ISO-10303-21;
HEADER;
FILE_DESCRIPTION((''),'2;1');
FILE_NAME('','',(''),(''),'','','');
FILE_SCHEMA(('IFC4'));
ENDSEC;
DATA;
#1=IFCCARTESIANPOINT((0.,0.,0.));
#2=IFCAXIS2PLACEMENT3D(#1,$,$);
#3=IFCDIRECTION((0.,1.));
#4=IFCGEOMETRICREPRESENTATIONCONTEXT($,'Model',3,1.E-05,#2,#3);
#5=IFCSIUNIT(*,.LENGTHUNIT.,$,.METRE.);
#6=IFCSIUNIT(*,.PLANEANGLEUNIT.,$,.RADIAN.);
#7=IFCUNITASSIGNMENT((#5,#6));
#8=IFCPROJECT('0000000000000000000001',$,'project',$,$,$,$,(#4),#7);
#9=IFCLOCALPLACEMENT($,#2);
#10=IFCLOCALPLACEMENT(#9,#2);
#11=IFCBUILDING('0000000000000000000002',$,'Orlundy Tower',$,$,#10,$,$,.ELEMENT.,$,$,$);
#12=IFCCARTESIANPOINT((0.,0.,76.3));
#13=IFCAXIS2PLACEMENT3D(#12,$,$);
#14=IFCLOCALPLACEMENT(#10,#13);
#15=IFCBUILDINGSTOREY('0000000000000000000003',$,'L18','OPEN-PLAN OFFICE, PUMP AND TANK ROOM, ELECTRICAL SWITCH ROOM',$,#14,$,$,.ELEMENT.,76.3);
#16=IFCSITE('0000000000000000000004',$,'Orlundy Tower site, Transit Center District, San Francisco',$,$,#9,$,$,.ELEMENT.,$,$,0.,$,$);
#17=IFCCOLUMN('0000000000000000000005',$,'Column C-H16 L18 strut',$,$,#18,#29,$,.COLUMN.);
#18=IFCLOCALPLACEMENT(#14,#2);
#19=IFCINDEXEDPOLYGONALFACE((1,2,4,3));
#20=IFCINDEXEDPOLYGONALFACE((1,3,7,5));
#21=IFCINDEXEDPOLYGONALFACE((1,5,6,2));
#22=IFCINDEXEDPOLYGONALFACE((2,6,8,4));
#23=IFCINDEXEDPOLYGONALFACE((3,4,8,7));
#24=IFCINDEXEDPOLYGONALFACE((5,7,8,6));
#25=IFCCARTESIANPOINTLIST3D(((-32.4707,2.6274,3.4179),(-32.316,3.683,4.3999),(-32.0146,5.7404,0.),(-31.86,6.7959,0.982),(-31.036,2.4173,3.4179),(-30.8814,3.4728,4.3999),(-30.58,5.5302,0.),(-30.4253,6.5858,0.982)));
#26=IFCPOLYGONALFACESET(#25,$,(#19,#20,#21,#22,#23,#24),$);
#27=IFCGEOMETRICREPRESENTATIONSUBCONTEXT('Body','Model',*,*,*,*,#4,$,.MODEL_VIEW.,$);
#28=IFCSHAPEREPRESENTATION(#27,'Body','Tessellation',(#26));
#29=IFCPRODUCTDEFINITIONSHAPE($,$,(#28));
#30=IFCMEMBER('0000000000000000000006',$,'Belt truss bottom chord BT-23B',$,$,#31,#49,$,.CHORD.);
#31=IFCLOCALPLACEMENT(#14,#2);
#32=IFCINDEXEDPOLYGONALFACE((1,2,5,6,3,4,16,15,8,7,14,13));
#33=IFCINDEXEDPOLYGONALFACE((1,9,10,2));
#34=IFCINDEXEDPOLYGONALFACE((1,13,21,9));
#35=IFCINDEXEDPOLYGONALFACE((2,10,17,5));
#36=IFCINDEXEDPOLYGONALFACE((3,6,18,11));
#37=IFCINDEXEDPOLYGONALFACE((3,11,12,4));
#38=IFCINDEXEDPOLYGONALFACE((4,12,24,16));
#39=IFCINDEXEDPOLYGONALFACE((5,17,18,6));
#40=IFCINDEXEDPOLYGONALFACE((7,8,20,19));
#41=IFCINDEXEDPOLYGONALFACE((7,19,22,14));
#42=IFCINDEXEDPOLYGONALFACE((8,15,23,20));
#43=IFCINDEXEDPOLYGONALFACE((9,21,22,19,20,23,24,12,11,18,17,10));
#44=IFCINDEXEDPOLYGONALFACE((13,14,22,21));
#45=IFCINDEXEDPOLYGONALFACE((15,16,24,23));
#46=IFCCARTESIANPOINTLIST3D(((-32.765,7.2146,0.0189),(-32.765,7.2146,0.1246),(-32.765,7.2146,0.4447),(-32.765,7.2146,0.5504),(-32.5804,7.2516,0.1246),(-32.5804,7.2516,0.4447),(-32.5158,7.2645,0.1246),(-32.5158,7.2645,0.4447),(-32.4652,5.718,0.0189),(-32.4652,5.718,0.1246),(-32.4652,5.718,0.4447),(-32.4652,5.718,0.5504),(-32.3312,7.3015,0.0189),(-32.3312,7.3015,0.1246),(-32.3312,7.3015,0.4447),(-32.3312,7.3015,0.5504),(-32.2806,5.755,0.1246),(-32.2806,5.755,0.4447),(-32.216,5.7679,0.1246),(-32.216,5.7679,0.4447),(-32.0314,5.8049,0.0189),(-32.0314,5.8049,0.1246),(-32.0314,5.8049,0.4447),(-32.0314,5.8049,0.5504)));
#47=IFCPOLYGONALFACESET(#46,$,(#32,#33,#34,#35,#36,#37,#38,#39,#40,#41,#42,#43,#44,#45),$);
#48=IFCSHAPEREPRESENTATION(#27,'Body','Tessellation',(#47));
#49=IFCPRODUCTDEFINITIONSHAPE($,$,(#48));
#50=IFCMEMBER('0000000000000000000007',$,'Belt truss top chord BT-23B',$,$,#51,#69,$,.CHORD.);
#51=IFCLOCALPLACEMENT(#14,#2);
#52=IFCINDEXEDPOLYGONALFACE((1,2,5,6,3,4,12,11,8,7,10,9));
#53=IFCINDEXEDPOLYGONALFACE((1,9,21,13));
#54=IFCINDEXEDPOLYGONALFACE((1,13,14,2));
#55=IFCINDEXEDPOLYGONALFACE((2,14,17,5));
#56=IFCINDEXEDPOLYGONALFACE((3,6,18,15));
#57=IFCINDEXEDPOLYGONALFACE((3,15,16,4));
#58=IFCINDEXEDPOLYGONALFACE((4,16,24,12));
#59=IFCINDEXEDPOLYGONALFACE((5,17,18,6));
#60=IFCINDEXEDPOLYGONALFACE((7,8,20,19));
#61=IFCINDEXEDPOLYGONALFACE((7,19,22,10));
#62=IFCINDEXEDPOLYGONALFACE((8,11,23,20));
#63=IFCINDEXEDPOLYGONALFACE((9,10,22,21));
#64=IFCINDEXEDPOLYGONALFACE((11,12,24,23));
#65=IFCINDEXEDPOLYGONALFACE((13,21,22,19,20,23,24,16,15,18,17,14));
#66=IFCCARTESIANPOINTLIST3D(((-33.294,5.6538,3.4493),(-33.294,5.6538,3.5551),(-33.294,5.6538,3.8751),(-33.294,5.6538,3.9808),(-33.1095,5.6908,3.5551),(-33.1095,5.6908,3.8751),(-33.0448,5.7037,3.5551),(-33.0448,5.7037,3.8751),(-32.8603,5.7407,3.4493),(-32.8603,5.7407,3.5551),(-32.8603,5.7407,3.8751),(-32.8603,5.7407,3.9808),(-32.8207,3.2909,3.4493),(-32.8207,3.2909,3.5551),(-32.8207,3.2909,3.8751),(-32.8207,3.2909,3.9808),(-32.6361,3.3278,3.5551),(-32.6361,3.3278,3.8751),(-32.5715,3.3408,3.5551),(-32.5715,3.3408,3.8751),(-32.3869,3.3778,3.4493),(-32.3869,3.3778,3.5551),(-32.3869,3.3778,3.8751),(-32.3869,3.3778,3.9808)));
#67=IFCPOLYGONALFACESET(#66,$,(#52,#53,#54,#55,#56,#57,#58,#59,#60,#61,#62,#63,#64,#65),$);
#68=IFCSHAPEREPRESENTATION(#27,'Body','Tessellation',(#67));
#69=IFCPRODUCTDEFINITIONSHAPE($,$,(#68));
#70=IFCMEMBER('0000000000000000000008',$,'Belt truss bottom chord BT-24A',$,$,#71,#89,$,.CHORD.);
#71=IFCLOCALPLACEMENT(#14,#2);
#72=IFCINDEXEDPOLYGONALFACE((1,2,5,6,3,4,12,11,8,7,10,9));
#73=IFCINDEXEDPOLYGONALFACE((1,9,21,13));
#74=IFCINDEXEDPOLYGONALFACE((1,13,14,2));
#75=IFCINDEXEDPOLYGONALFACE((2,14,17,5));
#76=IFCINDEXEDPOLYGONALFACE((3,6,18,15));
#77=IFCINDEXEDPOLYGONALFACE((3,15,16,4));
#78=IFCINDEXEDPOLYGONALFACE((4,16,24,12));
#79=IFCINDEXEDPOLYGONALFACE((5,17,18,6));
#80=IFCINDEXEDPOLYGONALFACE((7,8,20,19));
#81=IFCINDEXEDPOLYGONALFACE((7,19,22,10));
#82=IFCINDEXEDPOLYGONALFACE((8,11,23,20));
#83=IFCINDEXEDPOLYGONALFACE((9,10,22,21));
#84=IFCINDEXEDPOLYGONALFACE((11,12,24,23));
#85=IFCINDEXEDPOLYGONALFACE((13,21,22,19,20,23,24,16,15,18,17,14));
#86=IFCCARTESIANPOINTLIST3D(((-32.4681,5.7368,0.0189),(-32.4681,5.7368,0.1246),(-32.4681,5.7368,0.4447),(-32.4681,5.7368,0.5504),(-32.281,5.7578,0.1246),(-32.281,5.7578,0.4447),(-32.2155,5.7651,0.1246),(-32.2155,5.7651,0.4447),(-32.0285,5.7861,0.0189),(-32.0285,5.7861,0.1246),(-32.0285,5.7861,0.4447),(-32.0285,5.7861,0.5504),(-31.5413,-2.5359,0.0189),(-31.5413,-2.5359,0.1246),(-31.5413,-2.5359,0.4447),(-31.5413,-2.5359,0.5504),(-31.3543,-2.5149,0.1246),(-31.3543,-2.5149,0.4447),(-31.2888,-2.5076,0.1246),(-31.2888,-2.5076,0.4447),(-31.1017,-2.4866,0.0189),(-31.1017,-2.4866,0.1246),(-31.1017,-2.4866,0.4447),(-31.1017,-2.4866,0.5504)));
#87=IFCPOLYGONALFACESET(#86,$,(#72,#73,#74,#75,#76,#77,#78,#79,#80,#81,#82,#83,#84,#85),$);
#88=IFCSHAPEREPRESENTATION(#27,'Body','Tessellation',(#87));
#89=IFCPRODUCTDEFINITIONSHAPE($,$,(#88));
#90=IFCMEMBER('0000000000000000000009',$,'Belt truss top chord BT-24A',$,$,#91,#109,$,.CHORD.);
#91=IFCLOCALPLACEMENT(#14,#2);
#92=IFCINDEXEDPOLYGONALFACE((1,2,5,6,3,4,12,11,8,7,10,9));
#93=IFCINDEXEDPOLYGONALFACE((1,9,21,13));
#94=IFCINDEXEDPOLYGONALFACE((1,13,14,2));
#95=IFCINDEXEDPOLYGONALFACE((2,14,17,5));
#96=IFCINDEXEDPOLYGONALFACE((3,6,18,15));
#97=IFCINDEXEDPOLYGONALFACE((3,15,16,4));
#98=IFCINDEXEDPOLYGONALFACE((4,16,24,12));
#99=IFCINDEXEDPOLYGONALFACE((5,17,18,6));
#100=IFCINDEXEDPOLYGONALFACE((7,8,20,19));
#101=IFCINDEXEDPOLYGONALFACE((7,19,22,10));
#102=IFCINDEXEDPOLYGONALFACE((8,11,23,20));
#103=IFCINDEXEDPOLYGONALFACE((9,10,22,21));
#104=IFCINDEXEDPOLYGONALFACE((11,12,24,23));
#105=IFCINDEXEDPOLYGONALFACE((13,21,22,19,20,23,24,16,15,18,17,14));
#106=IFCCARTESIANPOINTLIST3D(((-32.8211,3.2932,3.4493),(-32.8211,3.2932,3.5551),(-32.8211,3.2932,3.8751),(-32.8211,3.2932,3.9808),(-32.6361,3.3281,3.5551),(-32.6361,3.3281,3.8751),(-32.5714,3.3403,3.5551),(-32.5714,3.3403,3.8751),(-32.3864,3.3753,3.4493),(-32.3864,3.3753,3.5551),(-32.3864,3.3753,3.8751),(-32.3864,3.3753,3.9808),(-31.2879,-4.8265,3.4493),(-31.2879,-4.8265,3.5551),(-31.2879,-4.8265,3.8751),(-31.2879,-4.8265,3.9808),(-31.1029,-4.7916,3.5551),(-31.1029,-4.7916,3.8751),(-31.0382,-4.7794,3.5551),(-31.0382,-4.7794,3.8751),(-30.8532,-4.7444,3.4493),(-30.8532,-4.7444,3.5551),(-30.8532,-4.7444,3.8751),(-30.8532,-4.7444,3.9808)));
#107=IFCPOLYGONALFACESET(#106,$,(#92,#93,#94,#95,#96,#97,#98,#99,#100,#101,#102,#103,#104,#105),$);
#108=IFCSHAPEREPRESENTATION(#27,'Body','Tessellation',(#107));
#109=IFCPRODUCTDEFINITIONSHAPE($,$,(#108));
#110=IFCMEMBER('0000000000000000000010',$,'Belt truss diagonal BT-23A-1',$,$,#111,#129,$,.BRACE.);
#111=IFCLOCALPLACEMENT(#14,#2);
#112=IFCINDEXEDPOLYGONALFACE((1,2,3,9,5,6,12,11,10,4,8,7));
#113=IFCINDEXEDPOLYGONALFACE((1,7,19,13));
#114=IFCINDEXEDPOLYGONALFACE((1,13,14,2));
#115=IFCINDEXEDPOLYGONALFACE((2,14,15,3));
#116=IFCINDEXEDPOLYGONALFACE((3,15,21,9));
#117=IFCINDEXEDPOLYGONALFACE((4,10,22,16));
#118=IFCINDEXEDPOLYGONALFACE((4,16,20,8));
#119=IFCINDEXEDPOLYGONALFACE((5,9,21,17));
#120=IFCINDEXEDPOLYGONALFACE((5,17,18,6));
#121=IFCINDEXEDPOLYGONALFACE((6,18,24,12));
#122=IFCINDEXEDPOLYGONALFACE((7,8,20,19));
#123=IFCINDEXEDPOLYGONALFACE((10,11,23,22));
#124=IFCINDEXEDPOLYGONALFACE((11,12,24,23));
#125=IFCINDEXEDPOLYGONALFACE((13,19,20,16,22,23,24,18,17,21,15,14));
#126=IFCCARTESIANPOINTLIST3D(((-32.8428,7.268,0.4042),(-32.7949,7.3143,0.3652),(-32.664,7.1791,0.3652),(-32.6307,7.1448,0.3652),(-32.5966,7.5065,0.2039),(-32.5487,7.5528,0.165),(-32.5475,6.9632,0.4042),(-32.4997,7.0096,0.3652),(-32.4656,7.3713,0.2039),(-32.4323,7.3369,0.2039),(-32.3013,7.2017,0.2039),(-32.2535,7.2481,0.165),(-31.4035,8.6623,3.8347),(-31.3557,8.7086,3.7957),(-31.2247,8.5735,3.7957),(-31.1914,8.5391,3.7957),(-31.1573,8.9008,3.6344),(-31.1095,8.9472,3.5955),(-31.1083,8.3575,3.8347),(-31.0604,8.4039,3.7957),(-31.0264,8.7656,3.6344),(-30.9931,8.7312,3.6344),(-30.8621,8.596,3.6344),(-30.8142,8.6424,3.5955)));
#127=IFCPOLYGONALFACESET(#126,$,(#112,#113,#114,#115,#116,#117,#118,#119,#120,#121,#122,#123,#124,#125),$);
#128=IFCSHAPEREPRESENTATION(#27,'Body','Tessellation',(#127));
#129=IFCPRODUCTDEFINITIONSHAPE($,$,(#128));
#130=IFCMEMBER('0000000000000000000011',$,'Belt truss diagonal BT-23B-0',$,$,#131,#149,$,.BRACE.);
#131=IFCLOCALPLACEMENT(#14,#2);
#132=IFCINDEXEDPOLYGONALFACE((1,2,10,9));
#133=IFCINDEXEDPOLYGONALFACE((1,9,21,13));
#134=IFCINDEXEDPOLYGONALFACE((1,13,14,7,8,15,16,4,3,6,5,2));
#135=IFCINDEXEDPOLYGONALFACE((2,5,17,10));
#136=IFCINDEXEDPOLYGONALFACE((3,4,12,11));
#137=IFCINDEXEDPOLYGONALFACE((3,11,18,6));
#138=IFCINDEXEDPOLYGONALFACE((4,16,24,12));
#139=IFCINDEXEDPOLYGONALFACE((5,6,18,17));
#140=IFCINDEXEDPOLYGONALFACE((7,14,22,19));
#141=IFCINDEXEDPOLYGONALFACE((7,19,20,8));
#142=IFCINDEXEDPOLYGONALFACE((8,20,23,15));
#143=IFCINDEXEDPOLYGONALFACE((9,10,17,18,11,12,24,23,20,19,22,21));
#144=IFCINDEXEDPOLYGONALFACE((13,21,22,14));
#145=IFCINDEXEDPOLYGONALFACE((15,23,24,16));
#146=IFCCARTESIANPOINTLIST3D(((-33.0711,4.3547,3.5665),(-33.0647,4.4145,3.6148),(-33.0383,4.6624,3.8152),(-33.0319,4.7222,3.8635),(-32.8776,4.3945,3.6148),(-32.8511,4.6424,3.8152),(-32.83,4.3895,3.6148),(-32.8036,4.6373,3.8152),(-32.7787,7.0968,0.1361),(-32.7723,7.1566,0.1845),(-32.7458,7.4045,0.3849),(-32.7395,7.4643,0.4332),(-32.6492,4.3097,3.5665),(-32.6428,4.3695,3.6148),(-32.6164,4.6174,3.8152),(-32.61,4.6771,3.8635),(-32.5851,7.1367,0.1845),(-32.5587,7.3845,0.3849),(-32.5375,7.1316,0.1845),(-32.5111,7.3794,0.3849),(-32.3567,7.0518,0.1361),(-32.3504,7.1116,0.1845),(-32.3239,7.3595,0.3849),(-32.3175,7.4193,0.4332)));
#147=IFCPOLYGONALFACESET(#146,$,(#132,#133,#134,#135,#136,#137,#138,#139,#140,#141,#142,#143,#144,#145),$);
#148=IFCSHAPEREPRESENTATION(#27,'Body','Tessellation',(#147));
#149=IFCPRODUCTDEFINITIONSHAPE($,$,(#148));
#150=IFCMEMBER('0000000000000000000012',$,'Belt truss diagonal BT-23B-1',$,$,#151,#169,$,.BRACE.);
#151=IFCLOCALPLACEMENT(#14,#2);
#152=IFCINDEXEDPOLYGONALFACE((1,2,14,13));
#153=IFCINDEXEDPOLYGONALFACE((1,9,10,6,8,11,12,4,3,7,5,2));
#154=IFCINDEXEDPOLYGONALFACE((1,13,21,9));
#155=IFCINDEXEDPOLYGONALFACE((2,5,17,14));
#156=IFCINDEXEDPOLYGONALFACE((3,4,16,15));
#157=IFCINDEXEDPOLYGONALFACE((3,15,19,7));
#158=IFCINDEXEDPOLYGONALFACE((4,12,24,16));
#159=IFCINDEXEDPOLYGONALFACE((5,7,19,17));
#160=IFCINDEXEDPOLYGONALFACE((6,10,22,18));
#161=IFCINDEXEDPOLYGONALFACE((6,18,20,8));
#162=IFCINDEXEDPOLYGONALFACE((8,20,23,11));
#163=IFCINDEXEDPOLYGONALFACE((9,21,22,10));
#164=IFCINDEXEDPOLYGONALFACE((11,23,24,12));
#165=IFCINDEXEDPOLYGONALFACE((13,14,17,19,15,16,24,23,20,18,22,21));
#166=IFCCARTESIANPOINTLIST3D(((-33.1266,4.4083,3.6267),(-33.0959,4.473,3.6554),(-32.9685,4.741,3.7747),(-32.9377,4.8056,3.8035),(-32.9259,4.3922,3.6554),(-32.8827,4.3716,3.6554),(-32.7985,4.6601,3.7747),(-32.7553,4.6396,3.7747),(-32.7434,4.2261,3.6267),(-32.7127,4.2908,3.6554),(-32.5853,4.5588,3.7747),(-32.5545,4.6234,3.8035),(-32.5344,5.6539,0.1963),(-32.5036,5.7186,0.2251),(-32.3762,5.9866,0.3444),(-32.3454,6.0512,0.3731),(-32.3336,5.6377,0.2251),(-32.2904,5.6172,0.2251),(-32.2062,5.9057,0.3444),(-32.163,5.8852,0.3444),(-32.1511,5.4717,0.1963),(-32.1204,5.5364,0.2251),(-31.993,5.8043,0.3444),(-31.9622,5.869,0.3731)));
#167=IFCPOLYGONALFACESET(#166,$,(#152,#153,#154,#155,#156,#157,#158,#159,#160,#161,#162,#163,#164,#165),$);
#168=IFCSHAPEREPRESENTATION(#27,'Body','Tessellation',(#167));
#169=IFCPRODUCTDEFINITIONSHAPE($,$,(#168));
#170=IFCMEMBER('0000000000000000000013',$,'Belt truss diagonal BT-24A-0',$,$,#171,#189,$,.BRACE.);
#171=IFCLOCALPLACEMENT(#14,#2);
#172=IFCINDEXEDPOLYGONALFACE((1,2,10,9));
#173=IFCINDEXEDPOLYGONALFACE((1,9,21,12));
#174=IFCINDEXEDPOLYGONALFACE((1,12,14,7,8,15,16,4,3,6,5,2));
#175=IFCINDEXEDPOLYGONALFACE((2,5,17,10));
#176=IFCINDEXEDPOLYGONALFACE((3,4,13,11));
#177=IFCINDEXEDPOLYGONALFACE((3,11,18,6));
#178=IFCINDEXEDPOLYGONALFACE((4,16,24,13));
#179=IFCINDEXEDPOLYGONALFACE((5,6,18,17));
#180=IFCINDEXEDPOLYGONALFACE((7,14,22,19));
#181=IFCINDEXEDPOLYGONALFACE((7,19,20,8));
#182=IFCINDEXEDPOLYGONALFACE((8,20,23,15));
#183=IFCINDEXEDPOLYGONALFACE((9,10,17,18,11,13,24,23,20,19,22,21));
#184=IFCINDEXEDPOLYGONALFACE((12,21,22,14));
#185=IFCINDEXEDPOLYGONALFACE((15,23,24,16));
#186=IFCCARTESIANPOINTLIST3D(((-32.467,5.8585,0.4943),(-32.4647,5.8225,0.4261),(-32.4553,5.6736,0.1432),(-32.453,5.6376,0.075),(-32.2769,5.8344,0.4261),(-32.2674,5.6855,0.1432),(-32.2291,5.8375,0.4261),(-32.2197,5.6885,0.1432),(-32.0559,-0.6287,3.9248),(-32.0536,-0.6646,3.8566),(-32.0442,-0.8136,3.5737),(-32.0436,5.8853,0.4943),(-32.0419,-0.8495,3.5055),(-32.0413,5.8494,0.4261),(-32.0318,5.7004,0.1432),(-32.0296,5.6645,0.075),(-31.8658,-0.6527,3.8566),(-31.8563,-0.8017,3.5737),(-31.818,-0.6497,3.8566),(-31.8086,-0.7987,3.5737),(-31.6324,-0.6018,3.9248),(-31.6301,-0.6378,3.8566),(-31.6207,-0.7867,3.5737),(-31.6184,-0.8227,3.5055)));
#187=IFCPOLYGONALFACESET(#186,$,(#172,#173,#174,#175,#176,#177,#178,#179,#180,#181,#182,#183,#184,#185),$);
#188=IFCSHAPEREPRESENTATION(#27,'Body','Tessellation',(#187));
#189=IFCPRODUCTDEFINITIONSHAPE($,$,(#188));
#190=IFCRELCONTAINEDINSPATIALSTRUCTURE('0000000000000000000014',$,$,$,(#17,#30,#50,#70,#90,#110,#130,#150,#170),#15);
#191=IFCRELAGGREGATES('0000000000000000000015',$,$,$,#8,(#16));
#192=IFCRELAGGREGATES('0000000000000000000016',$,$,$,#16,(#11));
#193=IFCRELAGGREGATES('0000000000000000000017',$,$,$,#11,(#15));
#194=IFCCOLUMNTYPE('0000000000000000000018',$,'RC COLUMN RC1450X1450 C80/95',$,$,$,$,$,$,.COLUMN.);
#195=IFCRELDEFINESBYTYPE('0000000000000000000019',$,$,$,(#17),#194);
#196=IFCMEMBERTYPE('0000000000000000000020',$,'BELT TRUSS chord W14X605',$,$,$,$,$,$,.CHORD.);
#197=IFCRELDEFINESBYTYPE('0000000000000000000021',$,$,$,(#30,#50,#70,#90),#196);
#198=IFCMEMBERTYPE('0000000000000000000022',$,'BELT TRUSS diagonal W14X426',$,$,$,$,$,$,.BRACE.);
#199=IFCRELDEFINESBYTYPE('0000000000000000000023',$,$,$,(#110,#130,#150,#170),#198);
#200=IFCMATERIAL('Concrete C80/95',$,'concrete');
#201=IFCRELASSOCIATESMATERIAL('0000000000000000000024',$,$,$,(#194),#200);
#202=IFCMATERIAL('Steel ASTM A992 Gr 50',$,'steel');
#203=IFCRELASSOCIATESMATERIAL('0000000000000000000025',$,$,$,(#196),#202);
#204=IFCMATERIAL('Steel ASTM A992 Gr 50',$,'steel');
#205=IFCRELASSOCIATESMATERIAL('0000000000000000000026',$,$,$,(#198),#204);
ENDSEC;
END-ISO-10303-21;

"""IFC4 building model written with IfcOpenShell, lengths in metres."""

from ifc_helpers import new_model, si_unit, direction, frame, origin, origin_2d, place, context, subcontext, project, spatial, rectangle, i_section, extrude, material, material_profile, profile_set, type_object, element, save


model = new_model("IFC4")

# Units and contexts
model_context = context("Model", 3, precision=1e-05, world=origin(), true_north=direction((0.0, 1.0)))
body_context = subcontext(model_context, "Body", "Model", "MODEL_VIEW")
ifc_project = project(units=[si_unit("LENGTHUNIT", "METRE"), si_unit("PLANEANGLEUNIT", "RADIAN")], contexts=[model_context])

# Site, building, storey
site_placement = place(None, origin())
site = spatial("IfcSite", under=ifc_project, at=site_placement, Name="Orlundy Tower site, Transit Center District, San Francisco", CompositionType="ELEMENT", RefElevation=0.0)
building_placement = place(site_placement, origin())
building = spatial("IfcBuilding", under=site, at=building_placement, Name="Orlundy Tower", CompositionType="ELEMENT")
storey_placement = place(building_placement, frame((0.0, 0.0, 76.3)))
storey = spatial("IfcBuildingStorey", under=building, at=storey_placement, Name="L18", Description="OPEN-PLAN OFFICE, PUMP AND TANK ROOM, ELECTRICAL SWITCH ROOM", CompositionType="ELEMENT", Elevation=76.3)

# Column
ifc_material_1 = material(Name="Concrete C80/95", Category="concrete")
ifc_material_profile_1 = material_profile(ifc_material_1, rectangle(XDim=1.45, YDim=1.45, at=origin_2d()), Name="RC1450X1450")
ifc_profile_set_1 = profile_set([ifc_material_profile_1], Name="Concrete C80/95")
column_type = type_object("IfcColumnType", Name="RC COLUMN RC1450X1450 C80/95", PredefinedType="COLUMN", material=ifc_profile_set_1)
column_placement = place(storey_placement, frame((-31.22, 6.1631, 0.491), z_axis=(-0.098169, -0.670106, 0.735745), x_axis=(0.989439, -0.144951, 0.0)))
element("IfcColumn", 1, at=column_placement, inside=storey, type_object=column_type, Name="Column C-H16 L18 strut", PredefinedType="COLUMN", context=body_context, shape_type="SweptSolid", body=[
    extrude(rectangle(XDim=1.45, YDim=1.45, at=origin_2d()), origin(), (0.0, 0.0, 1.0), 4.6455),
])

# Members
ifc_material_2 = material(Name="Steel ASTM A992 Gr 50", Category="steel")
ifc_material_profile_2 = material_profile(ifc_material_2, i_section(OverallWidth=0.4424, OverallDepth=0.5315, WebThickness=0.0659, FlangeThickness=0.1057, at=origin_2d()), Name="W14X605")
ifc_profile_set_2 = profile_set([ifc_material_profile_2], Name="Steel ASTM A992 Gr 50")
member_type_1 = type_object("IfcMemberType", Name="BELT TRUSS chord W14X605", PredefinedType="CHORD", material=ifc_profile_set_2)
member_1_placement = place(storey_placement, frame((-32.5481, 7.2581, 0.2847), z_axis=(0.196424, -0.980519, 0.0), x_axis=(0.980519, 0.196424, 0.0)))
element("IfcMember", 2, at=member_1_placement, inside=storey, type_object=member_type_1, Name="Belt truss bottom chord BT-23B", PredefinedType="CHORD", context=body_context, shape_type="SweptSolid", body=[
    extrude(i_section(OverallWidth=0.4424, OverallDepth=0.5315, WebThickness=0.0659, FlangeThickness=0.1057, at=origin_2d()), origin(), (0.0, 0.0, 1.0), 1.5264),
])
member_2_placement = place(storey_placement, frame((-33.0771, 5.6973, 3.7151), z_axis=(0.196428, -0.980518, 0.0), x_axis=(0.980518, 0.196428, 0.0)))
element("IfcMember", 3, at=member_2_placement, inside=storey, type_object=member_type_1, Name="Belt truss top chord BT-23B", PredefinedType="CHORD", context=body_context, shape_type="SweptSolid", body=[
    extrude(i_section(OverallWidth=0.4424, OverallDepth=0.5315, WebThickness=0.0659, FlangeThickness=0.1057, at=origin_2d()), origin(), (0.0, 0.0, 1.0), 2.4099),
])
member_3_placement = place(storey_placement, frame((-32.2483, 5.7615, 0.2847), z_axis=(0.11133, -0.993784, 0.0), x_axis=(0.993784, 0.11133, 0.0)))
element("IfcMember", 4, at=member_3_placement, inside=storey, type_object=member_type_1, Name="Belt truss bottom chord BT-24A", PredefinedType="CHORD", context=body_context, shape_type="SweptSolid", body=[
    extrude(i_section(OverallWidth=0.4424, OverallDepth=0.5315, WebThickness=0.0659, FlangeThickness=0.1057, at=origin_2d()), origin(), (0.0, 0.0, 1.0), 8.3245),
])
member_4_placement = place(storey_placement, frame((-32.6038, 3.3342, 3.7151), z_axis=(0.185548, -0.982635, 0.0), x_axis=(0.982635, 0.185548, 0.0)))
element("IfcMember", 5, at=member_4_placement, inside=storey, type_object=member_type_1, Name="Belt truss top chord BT-24A", PredefinedType="CHORD", context=body_context, shape_type="SweptSolid", body=[
    extrude(i_section(OverallWidth=0.4424, OverallDepth=0.5315, WebThickness=0.0659, FlangeThickness=0.1057, at=origin_2d()), origin(), (0.0, 0.0, 1.0), 8.2632),
])
ifc_material_3 = material(Name="Steel ASTM A992 Gr 50", Category="steel")
ifc_material_profile_3 = material_profile(ifc_material_3, i_section(OverallWidth=0.4243, OverallDepth=0.4741, WebThickness=0.0479, FlangeThickness=0.0771, at=origin_2d()), Name="W14X426")
ifc_profile_set_3 = profile_set([ifc_material_profile_3], Name="Steel ASTM A992 Gr 50")
member_type_2 = type_object("IfcMemberType", Name="BELT TRUSS diagonal W14X426", PredefinedType="BRACE", material=ifc_profile_set_3)
member_5_placement = place(storey_placement, frame((-31.1089, 8.6523, 3.7151), z_axis=(-0.362266, -0.350958, -0.863477), x_axis=(0.695809, -0.718227, 0.0)))
element("IfcMember", 6, at=member_5_placement, inside=storey, type_object=member_type_2, Name="Belt truss diagonal BT-23A-1", PredefinedType="BRACE", context=body_context, shape_type="SweptSolid", body=[
    extrude(i_section(OverallWidth=0.4243, OverallDepth=0.4741, WebThickness=0.0479, FlangeThickness=0.0771, at=origin_2d()), origin(), (0.0, 0.0, 1.0), 3.9729),
])
member_6_placement = place(storey_placement, frame((-32.5481, 7.2581, 0.2847), z_axis=(-0.066451, -0.623017, 0.779381), x_axis=(0.99436, -0.106058, 0.0)))
element("IfcMember", 7, at=member_6_placement, inside=storey, type_object=member_type_2, Name="Belt truss diagonal BT-23B-0", PredefinedType="BRACE", context=body_context, shape_type="SweptSolid", body=[
    extrude(i_section(OverallWidth=0.4243, OverallDepth=0.4741, WebThickness=0.0479, FlangeThickness=0.0771, at=origin_2d()), origin(), (0.0, 0.0, 1.0), 4.4014),
])
member_7_placement = place(storey_placement, frame((-32.8406, 4.5159, 3.7151), z_axis=(0.160193, 0.336895, -0.927815), x_axis=(-0.903102, 0.429425, 0.0)))
element("IfcMember", 8, at=member_7_placement, inside=storey, type_object=member_type_2, Name="Belt truss diagonal BT-23B-1", PredefinedType="BRACE", context=body_context, shape_type="SweptSolid", body=[
    extrude(i_section(OverallWidth=0.4243, OverallDepth=0.4741, WebThickness=0.0479, FlangeThickness=0.0771, at=origin_2d()), origin(), (0.0, 0.0, 1.0), 3.6973),
])
member_8_placement = place(storey_placement, frame((-32.2483, 5.7615, 0.2847), z_axis=(0.055938, -0.882624, 0.46674), x_axis=(0.997998, 0.06325, 0.0)))
element("IfcMember", 9, at=member_8_placement, inside=storey, type_object=member_type_2, Name="Belt truss diagonal BT-24A-0", PredefinedType="BRACE", context=body_context, shape_type="SweptSolid", body=[
    extrude(i_section(OverallWidth=0.4243, OverallDepth=0.4741, WebThickness=0.0479, FlangeThickness=0.0771, at=origin_2d()), origin(), (0.0, 0.0, 1.0), 7.3499),
])

save(model, "model.ifc")
